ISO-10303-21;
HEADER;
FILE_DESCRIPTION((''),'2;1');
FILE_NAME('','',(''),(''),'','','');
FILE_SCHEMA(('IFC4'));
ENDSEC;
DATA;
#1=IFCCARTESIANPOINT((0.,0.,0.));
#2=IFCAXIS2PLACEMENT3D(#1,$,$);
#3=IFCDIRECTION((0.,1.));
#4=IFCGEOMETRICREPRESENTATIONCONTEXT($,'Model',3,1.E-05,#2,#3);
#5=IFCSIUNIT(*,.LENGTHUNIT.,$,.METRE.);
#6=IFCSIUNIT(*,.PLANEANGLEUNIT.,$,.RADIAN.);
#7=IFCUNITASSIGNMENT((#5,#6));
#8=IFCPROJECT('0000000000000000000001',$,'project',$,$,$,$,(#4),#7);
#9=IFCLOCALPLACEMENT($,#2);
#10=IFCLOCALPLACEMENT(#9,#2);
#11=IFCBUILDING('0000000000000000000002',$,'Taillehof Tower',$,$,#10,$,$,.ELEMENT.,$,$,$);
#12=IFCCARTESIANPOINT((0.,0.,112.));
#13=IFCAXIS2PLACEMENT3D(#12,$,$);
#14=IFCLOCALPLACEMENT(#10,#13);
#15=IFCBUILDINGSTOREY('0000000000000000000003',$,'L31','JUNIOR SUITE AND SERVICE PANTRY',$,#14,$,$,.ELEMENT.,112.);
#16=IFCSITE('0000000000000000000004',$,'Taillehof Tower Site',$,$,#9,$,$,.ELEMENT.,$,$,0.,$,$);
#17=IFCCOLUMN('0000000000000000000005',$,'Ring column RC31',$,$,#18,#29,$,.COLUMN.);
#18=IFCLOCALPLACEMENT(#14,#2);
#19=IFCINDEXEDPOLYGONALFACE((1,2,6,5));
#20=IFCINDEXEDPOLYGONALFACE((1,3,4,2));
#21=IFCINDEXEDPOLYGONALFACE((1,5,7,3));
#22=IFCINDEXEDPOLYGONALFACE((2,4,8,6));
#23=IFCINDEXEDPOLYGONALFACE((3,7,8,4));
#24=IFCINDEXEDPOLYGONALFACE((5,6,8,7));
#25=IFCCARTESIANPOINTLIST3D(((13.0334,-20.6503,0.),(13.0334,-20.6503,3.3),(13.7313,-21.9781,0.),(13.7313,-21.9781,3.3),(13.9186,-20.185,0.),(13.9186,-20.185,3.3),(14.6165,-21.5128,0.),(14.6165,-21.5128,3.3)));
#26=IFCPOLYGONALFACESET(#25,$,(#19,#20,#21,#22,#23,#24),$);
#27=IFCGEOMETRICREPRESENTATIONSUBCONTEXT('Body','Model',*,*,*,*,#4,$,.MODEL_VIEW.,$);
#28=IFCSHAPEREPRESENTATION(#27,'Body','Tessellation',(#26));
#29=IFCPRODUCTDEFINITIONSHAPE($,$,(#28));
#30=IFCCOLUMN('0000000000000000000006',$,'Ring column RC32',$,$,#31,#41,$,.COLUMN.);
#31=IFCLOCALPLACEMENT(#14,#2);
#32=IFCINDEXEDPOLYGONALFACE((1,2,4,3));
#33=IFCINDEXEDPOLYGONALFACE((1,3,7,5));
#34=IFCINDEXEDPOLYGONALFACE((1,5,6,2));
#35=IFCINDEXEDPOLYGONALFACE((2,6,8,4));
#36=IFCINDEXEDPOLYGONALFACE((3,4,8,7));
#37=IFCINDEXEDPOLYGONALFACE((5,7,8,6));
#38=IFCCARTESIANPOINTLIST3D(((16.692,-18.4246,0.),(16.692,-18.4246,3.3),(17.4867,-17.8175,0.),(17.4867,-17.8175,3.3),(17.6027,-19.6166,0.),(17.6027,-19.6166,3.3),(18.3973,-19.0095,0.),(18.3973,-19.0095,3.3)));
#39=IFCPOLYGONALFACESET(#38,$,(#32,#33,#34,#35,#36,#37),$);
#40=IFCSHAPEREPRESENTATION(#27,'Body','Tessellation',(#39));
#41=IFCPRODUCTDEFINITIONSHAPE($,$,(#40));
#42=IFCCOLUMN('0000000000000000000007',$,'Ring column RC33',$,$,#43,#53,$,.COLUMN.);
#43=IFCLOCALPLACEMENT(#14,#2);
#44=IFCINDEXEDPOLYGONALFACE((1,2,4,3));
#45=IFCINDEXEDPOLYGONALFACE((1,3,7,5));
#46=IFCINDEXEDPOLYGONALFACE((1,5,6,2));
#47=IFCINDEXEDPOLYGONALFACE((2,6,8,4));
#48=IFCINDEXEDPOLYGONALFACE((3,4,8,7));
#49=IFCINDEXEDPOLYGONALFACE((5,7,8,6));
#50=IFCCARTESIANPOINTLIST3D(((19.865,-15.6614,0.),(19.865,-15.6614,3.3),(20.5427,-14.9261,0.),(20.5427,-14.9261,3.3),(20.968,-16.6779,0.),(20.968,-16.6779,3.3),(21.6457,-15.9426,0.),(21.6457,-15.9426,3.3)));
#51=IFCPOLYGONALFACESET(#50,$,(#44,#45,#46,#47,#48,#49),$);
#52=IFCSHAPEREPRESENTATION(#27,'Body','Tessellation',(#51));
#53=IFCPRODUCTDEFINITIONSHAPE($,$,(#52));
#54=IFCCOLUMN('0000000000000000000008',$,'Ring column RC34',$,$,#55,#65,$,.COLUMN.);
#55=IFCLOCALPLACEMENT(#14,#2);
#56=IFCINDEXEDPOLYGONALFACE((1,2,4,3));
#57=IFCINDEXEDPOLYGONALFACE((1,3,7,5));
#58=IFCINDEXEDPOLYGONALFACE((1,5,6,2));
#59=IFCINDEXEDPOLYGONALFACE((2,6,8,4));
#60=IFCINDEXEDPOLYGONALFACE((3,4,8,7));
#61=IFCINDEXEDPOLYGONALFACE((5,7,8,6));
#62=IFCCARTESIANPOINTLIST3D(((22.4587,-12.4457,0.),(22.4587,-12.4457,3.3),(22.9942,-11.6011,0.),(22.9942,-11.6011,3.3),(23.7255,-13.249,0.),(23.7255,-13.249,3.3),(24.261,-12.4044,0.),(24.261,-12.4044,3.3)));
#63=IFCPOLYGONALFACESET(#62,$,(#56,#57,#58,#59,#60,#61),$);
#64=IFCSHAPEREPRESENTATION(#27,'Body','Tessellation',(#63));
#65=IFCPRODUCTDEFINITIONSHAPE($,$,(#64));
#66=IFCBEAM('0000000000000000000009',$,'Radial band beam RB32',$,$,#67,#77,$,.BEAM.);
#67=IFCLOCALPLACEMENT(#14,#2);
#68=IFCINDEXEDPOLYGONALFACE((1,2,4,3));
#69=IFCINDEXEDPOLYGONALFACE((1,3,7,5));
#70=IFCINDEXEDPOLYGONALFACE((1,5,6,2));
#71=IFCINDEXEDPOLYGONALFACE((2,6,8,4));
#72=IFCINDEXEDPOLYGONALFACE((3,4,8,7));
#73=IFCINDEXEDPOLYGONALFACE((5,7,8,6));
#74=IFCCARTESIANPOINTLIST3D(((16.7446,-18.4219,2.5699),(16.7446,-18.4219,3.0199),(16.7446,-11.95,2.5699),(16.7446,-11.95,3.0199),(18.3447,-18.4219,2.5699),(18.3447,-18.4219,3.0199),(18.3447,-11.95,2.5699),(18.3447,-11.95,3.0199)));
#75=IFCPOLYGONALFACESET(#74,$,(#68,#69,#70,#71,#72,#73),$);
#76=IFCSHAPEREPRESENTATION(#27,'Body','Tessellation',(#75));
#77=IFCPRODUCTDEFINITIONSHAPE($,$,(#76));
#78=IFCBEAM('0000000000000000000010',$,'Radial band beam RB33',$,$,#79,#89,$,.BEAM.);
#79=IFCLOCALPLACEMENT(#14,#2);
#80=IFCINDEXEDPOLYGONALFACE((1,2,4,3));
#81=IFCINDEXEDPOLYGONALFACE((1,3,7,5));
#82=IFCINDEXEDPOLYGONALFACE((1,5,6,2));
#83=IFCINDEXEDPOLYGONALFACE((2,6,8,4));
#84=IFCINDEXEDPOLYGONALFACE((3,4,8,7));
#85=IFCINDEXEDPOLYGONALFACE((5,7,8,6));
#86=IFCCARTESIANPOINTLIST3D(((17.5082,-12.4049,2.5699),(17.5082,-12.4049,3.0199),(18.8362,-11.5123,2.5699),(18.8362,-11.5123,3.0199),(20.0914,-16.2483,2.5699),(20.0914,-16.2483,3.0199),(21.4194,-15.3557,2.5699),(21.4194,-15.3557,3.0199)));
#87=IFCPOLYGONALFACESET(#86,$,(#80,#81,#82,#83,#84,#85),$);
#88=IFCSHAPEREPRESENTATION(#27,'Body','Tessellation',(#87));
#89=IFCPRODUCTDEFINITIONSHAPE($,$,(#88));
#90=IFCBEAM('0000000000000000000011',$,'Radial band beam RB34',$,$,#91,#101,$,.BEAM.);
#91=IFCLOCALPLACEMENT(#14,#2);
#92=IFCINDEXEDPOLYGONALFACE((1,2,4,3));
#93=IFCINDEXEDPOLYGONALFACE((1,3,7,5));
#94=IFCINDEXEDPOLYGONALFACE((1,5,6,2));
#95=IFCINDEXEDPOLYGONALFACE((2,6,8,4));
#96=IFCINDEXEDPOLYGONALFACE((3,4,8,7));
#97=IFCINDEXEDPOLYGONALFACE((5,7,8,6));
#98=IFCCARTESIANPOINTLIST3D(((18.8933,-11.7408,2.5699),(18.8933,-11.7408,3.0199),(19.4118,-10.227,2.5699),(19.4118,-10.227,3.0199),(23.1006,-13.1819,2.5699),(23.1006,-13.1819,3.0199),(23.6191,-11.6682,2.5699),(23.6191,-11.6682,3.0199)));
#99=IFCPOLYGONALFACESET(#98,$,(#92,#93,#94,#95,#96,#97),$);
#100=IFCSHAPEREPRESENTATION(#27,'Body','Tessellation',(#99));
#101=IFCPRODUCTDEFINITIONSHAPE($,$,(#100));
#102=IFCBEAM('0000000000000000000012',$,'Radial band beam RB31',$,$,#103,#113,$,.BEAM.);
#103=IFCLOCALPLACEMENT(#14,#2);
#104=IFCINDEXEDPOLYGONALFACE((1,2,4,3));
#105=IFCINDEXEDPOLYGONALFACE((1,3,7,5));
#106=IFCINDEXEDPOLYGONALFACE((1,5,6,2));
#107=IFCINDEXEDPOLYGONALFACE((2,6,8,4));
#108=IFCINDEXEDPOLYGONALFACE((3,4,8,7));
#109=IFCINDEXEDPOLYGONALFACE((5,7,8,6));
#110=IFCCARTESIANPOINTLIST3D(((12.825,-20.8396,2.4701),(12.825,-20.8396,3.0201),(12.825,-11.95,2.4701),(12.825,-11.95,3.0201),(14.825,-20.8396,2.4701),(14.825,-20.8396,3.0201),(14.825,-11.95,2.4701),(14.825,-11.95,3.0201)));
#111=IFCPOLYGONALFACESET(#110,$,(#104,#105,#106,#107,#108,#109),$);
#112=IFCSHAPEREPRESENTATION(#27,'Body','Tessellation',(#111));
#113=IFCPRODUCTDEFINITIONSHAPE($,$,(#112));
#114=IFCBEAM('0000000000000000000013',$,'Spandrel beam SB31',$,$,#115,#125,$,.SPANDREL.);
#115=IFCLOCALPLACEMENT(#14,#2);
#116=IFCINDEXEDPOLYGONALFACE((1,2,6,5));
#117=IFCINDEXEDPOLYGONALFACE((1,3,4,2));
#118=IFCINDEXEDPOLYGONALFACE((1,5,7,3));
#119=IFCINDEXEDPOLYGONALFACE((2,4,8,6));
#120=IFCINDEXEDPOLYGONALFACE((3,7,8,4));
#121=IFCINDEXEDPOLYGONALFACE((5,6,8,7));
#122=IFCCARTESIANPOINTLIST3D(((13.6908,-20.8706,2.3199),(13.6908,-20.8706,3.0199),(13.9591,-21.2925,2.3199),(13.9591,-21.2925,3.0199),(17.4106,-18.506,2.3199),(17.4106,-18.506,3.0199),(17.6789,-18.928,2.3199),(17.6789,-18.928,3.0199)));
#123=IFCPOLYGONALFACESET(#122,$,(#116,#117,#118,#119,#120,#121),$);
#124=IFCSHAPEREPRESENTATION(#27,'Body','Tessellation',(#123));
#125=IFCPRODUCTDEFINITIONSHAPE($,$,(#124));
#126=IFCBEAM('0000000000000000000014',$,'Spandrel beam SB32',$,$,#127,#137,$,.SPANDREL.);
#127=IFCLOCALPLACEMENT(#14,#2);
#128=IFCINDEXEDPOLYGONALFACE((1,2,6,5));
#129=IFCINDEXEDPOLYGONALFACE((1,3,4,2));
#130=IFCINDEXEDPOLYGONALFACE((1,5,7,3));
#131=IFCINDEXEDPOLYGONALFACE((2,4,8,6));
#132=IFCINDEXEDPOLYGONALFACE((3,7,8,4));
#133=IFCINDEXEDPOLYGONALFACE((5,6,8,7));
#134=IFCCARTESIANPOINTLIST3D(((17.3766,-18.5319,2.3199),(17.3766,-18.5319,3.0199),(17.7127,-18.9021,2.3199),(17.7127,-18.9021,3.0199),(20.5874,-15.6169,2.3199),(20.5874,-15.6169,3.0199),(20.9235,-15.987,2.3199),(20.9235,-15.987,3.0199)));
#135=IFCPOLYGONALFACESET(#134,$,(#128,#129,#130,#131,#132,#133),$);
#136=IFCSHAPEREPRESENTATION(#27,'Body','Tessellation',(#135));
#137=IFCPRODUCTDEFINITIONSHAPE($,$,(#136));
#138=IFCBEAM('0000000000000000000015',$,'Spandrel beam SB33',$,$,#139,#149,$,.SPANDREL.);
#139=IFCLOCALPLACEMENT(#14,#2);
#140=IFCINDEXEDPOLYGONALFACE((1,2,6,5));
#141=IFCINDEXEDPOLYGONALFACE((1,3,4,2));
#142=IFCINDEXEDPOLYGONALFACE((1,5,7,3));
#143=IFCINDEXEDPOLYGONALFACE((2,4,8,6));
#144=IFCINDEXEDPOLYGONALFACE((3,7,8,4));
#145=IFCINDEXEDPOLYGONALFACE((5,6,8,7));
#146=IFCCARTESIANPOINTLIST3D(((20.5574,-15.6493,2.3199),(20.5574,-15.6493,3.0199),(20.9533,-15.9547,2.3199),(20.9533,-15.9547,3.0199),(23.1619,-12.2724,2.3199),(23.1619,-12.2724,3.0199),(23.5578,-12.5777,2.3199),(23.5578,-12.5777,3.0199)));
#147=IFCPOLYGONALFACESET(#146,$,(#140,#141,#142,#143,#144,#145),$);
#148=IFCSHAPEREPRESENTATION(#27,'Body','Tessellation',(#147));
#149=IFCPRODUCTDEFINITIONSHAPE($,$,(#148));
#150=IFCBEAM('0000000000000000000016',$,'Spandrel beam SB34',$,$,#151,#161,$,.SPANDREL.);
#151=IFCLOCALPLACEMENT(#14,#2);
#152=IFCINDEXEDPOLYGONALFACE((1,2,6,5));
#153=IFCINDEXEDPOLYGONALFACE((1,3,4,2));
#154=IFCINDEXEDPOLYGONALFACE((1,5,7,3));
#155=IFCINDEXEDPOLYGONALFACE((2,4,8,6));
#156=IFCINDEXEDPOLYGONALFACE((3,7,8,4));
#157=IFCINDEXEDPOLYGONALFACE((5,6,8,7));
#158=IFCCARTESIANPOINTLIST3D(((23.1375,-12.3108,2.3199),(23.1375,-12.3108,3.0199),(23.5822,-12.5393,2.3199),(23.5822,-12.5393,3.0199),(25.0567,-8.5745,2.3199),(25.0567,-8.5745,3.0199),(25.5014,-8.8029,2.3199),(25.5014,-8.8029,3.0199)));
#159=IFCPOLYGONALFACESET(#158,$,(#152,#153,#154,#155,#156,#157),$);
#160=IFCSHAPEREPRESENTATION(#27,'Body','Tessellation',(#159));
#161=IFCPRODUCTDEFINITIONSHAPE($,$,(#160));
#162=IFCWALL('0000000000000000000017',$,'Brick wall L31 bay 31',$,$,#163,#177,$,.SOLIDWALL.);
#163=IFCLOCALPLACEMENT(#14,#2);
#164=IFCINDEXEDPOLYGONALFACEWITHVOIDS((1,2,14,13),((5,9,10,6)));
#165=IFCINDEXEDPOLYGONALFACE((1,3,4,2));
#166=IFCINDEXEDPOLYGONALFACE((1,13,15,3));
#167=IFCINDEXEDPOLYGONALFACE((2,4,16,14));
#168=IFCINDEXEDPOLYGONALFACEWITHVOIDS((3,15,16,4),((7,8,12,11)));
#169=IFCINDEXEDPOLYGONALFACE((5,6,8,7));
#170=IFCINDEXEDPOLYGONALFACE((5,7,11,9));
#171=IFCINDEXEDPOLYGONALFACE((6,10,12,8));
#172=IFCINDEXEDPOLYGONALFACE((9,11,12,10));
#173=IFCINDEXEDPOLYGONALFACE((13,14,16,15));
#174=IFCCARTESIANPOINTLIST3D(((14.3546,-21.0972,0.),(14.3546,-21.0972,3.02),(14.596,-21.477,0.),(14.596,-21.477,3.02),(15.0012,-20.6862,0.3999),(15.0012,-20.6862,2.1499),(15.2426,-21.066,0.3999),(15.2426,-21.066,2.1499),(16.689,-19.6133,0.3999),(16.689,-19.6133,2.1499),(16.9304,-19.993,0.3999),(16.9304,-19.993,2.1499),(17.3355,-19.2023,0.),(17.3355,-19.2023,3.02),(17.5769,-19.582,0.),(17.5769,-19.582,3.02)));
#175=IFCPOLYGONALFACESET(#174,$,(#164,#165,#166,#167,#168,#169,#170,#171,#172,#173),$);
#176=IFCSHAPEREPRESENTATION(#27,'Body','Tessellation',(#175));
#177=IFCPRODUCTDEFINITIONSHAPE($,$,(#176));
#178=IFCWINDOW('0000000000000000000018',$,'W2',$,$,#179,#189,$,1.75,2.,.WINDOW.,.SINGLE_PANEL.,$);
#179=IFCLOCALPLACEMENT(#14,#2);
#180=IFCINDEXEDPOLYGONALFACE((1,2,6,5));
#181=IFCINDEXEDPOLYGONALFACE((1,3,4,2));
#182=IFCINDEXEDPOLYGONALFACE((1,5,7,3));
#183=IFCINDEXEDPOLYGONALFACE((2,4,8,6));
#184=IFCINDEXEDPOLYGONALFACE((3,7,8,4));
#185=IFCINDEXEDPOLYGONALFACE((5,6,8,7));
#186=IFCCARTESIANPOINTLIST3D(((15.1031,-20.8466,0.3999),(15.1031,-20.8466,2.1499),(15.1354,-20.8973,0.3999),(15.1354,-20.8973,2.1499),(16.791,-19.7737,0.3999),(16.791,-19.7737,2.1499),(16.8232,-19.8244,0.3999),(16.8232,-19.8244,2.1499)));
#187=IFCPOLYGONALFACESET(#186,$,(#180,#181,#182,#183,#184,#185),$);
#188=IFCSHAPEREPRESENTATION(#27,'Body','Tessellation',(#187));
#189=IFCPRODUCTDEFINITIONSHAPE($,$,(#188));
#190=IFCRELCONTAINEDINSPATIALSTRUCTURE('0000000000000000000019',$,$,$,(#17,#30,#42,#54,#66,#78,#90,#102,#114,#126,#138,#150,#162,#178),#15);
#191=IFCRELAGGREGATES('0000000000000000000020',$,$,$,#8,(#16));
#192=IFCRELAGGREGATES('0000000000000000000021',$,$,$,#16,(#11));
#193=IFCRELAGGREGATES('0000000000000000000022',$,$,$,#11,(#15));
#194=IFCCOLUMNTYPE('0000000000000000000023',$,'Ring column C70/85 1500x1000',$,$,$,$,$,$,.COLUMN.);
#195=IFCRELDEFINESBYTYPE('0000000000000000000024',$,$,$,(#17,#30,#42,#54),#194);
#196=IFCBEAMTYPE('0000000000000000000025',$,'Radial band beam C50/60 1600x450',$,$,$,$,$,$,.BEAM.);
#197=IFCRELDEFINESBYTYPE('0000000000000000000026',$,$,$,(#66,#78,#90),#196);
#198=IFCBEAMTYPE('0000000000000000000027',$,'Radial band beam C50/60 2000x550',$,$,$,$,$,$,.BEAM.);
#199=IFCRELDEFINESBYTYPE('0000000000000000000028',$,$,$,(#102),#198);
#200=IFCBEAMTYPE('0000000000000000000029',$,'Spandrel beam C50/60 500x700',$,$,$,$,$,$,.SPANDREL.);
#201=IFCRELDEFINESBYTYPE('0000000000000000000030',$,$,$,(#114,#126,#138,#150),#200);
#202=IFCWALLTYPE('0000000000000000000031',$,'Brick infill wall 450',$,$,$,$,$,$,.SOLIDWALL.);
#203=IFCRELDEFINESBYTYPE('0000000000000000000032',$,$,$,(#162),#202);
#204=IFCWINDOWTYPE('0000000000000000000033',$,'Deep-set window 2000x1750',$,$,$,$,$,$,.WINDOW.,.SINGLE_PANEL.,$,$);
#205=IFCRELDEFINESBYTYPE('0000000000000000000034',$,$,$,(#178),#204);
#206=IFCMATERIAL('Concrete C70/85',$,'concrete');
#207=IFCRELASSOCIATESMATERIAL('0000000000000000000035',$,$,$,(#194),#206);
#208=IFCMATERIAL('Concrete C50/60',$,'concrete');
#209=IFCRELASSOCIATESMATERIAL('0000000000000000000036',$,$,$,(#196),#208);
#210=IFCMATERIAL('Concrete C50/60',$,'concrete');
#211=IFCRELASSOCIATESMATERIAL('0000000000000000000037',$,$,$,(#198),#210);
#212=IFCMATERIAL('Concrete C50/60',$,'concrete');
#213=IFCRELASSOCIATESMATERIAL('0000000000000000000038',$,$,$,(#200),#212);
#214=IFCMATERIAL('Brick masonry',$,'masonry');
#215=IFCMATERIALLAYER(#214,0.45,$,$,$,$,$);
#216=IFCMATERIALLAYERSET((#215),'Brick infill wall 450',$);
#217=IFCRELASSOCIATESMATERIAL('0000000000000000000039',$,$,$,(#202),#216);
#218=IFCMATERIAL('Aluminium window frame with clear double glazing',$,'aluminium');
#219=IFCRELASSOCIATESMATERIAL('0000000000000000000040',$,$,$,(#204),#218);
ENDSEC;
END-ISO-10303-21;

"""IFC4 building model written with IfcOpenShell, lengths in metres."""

from ifc_helpers import new_model, si_unit, direction, frame, frame_2d, origin, origin_2d, place, context, subcontext, project, spatial, rectangle, extrude, material, layer, layer_set, material_profile, profile_set, type_object, element, fill, save


model = new_model("IFC4")

# Units and contexts
model_context = context("Model", 3, precision=1e-05, world=origin(), true_north=direction((0.0, 1.0)))
body_context = subcontext(model_context, "Body", "Model", "MODEL_VIEW")
ifc_project = project(units=[si_unit("LENGTHUNIT", "METRE"), si_unit("PLANEANGLEUNIT", "RADIAN")], contexts=[model_context])

# Site, building, storey
site_placement = place(None, origin())
site = spatial("IfcSite", under=ifc_project, at=site_placement, Name="Taillehof Tower Site", CompositionType="ELEMENT", RefElevation=0.0)
building_placement = place(site_placement, origin())
building = spatial("IfcBuilding", under=site, at=building_placement, Name="Taillehof Tower", CompositionType="ELEMENT")
storey_placement = place(building_placement, frame((0.0, 0.0, 112.0)))
storey = spatial("IfcBuildingStorey", under=building, at=storey_placement, Name="L31", Description="JUNIOR SUITE AND SERVICE PANTRY", CompositionType="ELEMENT", Elevation=112.0)

# Columns
ifc_material_1 = material(Name="Concrete C70/85", Category="concrete")
ifc_material_profile_1 = material_profile(ifc_material_1, rectangle(XDim=1.5, YDim=1.0, at=origin_2d()), Name="RC 1500x1000")
ifc_profile_set_1 = profile_set([ifc_material_profile_1], Name="Concrete C70/85")
column_type = type_object("IfcColumnType", Name="Ring column C70/85 1500x1000", PredefinedType="COLUMN", material=ifc_profile_set_1)
for number, where, z_axis, x_axis, name in (
    (1, (13.825, -21.0815, 0.0), (0.0, 0.0, 1.0), (0.465283, -0.885162, 0.0), "Ring column RC31"),
    (2, (17.5447, -18.717, 0.0), (0.0, 0.0, 1.0), (0.607074, -0.794645, 0.0), "Ring column RC32"),
    (3, (20.7554, -15.802, 0.0), (0.0, 0.0, 1.0), (0.735332, -0.677707, 0.0), "Ring column RC33"),
    (4, (23.3599, -12.425, 0.0), (0.0, 0.0, 1.0), (0.844511, -0.535537, 0.0), "Ring column RC34"),
):
    element("IfcColumn", number, at=place(storey_placement, frame(where, z_axis=z_axis, x_axis=x_axis)), inside=storey, type_object=column_type, Name=name, PredefinedType="COLUMN", context=body_context, shape_type="SweptSolid", body=[
        extrude(rectangle(XDim=1.5, YDim=1.0, at=origin_2d()), origin(), (0.0, 0.0, 1.0), 3.3),
    ])

# Beams
ifc_material_2 = material(Name="Concrete C50/60", Category="concrete")
ifc_material_profile_2 = material_profile(ifc_material_2, rectangle(XDim=1.6001, YDim=0.45, at=origin_2d()), Name="RC 1600x450")
ifc_profile_set_2 = profile_set([ifc_material_profile_2], Name="Concrete C50/60")
beam_type_1 = type_object("IfcBeamType", Name="Radial band beam C50/60 1600x450", PredefinedType="BEAM", material=ifc_profile_set_2)
beam_1_placement = place(storey_placement, frame((17.5447, -18.4219, 2.7949), z_axis=(0.0, 1.0, 0.0), x_axis=(-1.0, 0.0, 0.0)))
element("IfcBeam", 5, at=beam_1_placement, inside=storey, type_object=beam_type_1, Name="Radial band beam RB32", PredefinedType="BEAM", context=body_context, shape_type="SweptSolid", body=[
    extrude(rectangle(XDim=1.6001, YDim=0.45, at=origin_2d()), origin(), (0.0, 0.0, 1.0), 6.4719),
])
beam_2_placement = place(storey_placement, frame((20.7554, -15.802, 2.7949), z_axis=(-0.557823, 0.82996, 0.0), x_axis=(-0.82996, -0.557823, 0.0)))
element("IfcBeam", 6, at=beam_2_placement, inside=storey, type_object=beam_type_1, Name="Radial band beam RB33", PredefinedType="BEAM", context=body_context, shape_type="SweptSolid", body=[
    extrude(rectangle(XDim=1.6001, YDim=0.45, at=origin_2d()), origin(), (0.0, 0.0, 1.0), 4.6309),
])
beam_3_placement = place(storey_placement, frame((23.3599, -12.425, 2.7949), z_axis=(-0.946038, 0.324056, 0.0), x_axis=(-0.324056, -0.946038, 0.0)))
element("IfcBeam", 7, at=beam_3_placement, inside=storey, type_object=beam_type_1, Name="Radial band beam RB34", PredefinedType="BEAM", context=body_context, shape_type="SweptSolid", body=[
    extrude(rectangle(XDim=1.6001, YDim=0.45, at=origin_2d()), origin(), (0.0, 0.0, 1.0), 4.4473),
])
ifc_material_3 = material(Name="Concrete C50/60", Category="concrete")
ifc_material_profile_3 = material_profile(ifc_material_3, rectangle(XDim=2.0, YDim=0.55, at=origin_2d()), Name="RC 2000x550")
ifc_profile_set_3 = profile_set([ifc_material_profile_3], Name="Concrete C50/60")
beam_type_2 = type_object("IfcBeamType", Name="Radial band beam C50/60 2000x550", PredefinedType="BEAM", material=ifc_profile_set_3)
beam_4_placement = place(storey_placement, frame((13.825, -20.8396, 2.7451), z_axis=(0.0, 1.0, 0.0), x_axis=(-1.0, 0.0, 0.0)))
element("IfcBeam", 8, at=beam_4_placement, inside=storey, type_object=beam_type_2, Name="Radial band beam RB31", PredefinedType="BEAM", context=body_context, shape_type="SweptSolid", body=[
    extrude(rectangle(XDim=2.0, YDim=0.55, at=origin_2d()), origin(), (0.0, 0.0, 1.0), 8.8896),
])
ifc_material_4 = material(Name="Concrete C50/60", Category="concrete")
ifc_material_profile_4 = material_profile(ifc_material_4, rectangle(XDim=0.5, YDim=0.7, at=origin_2d()), Name="RC 500x700")
ifc_profile_set_4 = profile_set([ifc_material_profile_4], Name="Concrete C50/60")
beam_type_3 = type_object("IfcBeamType", Name="Spandrel beam C50/60 500x700", PredefinedType="SPANDREL", material=ifc_profile_set_4)
beam_5_placement = place(storey_placement, frame((13.825, -21.0815, 2.6699), z_axis=(0.843928, 0.536456, 0.0), x_axis=(-0.536456, 0.843928, 0.0)))
element("IfcBeam", 9, at=beam_5_placement, inside=storey, type_object=beam_type_3, Name="Spandrel beam SB31", PredefinedType="SPANDREL", context=body_context, shape_type="SweptSolid", body=[
    extrude(rectangle(XDim=0.5, YDim=0.7, at=origin_2d()), origin(), (0.0, 0.0, 1.0), 4.4077),
])
beam_6_placement = place(storey_placement, frame((17.5447, -18.717, 2.6699), z_axis=(0.740373, 0.672196, 0.0), x_axis=(-0.672196, 0.740373, 0.0)))
element("IfcBeam", 10, at=beam_6_placement, inside=storey, type_object=beam_type_3, Name="Spandrel beam SB32", PredefinedType="SPANDREL", context=body_context, shape_type="SweptSolid", body=[
    extrude(rectangle(XDim=0.5, YDim=0.7, at=origin_2d()), origin(), (0.0, 0.0, 1.0), 4.3367),
])
beam_7_placement = place(storey_placement, frame((20.7554, -15.802, 2.6699), z_axis=(0.610717, 0.791849, 0.0), x_axis=(-0.791849, 0.610717, 0.0)))
element("IfcBeam", 11, at=beam_7_placement, inside=storey, type_object=beam_type_3, Name="Spandrel beam SB33", PredefinedType="SPANDREL", context=body_context, shape_type="SweptSolid", body=[
    extrude(rectangle(XDim=0.5, YDim=0.7, at=origin_2d()), origin(), (0.0, 0.0, 1.0), 4.2646),
])
beam_8_placement = place(storey_placement, frame((23.3599, -12.425, 2.6699), z_axis=(0.456905, 0.889515, 0.0), x_axis=(-0.889515, 0.456905, 0.0)))
element("IfcBeam", 12, at=beam_8_placement, inside=storey, type_object=beam_type_3, Name="Spandrel beam SB34", PredefinedType="SPANDREL", context=body_context, shape_type="SweptSolid", body=[
    extrude(rectangle(XDim=0.5, YDim=0.7, at=origin_2d()), origin(), (0.0, 0.0, 1.0), 4.2004),
])

# Wall, opening, window
ifc_material_5 = material(Name="Brick masonry", Category="masonry")
ifc_layer_1 = layer(ifc_material_5, 0.45)
ifc_layer_set_1 = layer_set([ifc_layer_1], Name="Brick infill wall 450")
wall_type_1 = type_object("IfcWallType", Name="Brick infill wall 450", PredefinedType="SOLIDWALL", material=ifc_layer_set_1)
wall_1_placement = place(storey_placement, frame((14.4753, -21.2871, 0.0), z_axis=(0.0, 0.0, 1.0), x_axis=(0.843912, 0.536482, 0.0)))
wall_1 = element("IfcWall", 13, at=wall_1_placement, inside=storey, type_object=wall_type_1, Name="Brick wall L31 bay 31", PredefinedType="SOLIDWALL", context=body_context, shape_type="SweptSolid", body=[
    extrude(rectangle(XDim=3.5322, YDim=0.45, at=frame_2d((1.7661, 0.0))), origin(), (0.0, 0.0, 1.0), 3.02),
])
opening_1_placement = place(wall_1_placement, frame((0.7661, 0.0, 0.3999)))
opening_1 = element("IfcOpeningElement", 14, at=opening_1_placement, cuts=wall_1, PredefinedType="OPENING", context=body_context, shape_type="SweptSolid", body=[
    extrude(rectangle(XDim=2.0, YDim=1.75, at=frame_2d((1.0, 0.875))), frame((0.0, 0.2349, 0.0), z_axis=(0.0, -1.0, 0.0), x_axis=(1.0, 0.0, 0.0)), (0.0, 0.0, 1.0), 0.47),
])
ifc_material_6 = material(Name="Aluminium window frame with clear double glazing", Category="aluminium")
window_type_1 = type_object("IfcWindowType", Name="Deep-set window 2000x1750", PartitioningType="SINGLE_PANEL", PredefinedType="WINDOW", material=ifc_material_6)
window_1_placement = place(opening_1_placement, origin())
window_1 = element("IfcWindow", 15, at=window_1_placement, inside=storey, type_object=window_type_1, Name="W2", OverallHeight=1.75, OverallWidth=2.0, PartitioningType="SINGLE_PANEL", PredefinedType="WINDOW", context=body_context, shape_type="SweptSolid", body=[
    extrude(rectangle(XDim=2.0, YDim=1.75, at=frame_2d((1.0, 0.875))), frame((0.0, 0.0349, 0.0), z_axis=(0.0, -1.0, 0.0), x_axis=(1.0, 0.0, 0.0)), (0.0, 0.0, 1.0), 0.0601),
])
fill(opening_1, window_1)

save(model, "model.ifc")
